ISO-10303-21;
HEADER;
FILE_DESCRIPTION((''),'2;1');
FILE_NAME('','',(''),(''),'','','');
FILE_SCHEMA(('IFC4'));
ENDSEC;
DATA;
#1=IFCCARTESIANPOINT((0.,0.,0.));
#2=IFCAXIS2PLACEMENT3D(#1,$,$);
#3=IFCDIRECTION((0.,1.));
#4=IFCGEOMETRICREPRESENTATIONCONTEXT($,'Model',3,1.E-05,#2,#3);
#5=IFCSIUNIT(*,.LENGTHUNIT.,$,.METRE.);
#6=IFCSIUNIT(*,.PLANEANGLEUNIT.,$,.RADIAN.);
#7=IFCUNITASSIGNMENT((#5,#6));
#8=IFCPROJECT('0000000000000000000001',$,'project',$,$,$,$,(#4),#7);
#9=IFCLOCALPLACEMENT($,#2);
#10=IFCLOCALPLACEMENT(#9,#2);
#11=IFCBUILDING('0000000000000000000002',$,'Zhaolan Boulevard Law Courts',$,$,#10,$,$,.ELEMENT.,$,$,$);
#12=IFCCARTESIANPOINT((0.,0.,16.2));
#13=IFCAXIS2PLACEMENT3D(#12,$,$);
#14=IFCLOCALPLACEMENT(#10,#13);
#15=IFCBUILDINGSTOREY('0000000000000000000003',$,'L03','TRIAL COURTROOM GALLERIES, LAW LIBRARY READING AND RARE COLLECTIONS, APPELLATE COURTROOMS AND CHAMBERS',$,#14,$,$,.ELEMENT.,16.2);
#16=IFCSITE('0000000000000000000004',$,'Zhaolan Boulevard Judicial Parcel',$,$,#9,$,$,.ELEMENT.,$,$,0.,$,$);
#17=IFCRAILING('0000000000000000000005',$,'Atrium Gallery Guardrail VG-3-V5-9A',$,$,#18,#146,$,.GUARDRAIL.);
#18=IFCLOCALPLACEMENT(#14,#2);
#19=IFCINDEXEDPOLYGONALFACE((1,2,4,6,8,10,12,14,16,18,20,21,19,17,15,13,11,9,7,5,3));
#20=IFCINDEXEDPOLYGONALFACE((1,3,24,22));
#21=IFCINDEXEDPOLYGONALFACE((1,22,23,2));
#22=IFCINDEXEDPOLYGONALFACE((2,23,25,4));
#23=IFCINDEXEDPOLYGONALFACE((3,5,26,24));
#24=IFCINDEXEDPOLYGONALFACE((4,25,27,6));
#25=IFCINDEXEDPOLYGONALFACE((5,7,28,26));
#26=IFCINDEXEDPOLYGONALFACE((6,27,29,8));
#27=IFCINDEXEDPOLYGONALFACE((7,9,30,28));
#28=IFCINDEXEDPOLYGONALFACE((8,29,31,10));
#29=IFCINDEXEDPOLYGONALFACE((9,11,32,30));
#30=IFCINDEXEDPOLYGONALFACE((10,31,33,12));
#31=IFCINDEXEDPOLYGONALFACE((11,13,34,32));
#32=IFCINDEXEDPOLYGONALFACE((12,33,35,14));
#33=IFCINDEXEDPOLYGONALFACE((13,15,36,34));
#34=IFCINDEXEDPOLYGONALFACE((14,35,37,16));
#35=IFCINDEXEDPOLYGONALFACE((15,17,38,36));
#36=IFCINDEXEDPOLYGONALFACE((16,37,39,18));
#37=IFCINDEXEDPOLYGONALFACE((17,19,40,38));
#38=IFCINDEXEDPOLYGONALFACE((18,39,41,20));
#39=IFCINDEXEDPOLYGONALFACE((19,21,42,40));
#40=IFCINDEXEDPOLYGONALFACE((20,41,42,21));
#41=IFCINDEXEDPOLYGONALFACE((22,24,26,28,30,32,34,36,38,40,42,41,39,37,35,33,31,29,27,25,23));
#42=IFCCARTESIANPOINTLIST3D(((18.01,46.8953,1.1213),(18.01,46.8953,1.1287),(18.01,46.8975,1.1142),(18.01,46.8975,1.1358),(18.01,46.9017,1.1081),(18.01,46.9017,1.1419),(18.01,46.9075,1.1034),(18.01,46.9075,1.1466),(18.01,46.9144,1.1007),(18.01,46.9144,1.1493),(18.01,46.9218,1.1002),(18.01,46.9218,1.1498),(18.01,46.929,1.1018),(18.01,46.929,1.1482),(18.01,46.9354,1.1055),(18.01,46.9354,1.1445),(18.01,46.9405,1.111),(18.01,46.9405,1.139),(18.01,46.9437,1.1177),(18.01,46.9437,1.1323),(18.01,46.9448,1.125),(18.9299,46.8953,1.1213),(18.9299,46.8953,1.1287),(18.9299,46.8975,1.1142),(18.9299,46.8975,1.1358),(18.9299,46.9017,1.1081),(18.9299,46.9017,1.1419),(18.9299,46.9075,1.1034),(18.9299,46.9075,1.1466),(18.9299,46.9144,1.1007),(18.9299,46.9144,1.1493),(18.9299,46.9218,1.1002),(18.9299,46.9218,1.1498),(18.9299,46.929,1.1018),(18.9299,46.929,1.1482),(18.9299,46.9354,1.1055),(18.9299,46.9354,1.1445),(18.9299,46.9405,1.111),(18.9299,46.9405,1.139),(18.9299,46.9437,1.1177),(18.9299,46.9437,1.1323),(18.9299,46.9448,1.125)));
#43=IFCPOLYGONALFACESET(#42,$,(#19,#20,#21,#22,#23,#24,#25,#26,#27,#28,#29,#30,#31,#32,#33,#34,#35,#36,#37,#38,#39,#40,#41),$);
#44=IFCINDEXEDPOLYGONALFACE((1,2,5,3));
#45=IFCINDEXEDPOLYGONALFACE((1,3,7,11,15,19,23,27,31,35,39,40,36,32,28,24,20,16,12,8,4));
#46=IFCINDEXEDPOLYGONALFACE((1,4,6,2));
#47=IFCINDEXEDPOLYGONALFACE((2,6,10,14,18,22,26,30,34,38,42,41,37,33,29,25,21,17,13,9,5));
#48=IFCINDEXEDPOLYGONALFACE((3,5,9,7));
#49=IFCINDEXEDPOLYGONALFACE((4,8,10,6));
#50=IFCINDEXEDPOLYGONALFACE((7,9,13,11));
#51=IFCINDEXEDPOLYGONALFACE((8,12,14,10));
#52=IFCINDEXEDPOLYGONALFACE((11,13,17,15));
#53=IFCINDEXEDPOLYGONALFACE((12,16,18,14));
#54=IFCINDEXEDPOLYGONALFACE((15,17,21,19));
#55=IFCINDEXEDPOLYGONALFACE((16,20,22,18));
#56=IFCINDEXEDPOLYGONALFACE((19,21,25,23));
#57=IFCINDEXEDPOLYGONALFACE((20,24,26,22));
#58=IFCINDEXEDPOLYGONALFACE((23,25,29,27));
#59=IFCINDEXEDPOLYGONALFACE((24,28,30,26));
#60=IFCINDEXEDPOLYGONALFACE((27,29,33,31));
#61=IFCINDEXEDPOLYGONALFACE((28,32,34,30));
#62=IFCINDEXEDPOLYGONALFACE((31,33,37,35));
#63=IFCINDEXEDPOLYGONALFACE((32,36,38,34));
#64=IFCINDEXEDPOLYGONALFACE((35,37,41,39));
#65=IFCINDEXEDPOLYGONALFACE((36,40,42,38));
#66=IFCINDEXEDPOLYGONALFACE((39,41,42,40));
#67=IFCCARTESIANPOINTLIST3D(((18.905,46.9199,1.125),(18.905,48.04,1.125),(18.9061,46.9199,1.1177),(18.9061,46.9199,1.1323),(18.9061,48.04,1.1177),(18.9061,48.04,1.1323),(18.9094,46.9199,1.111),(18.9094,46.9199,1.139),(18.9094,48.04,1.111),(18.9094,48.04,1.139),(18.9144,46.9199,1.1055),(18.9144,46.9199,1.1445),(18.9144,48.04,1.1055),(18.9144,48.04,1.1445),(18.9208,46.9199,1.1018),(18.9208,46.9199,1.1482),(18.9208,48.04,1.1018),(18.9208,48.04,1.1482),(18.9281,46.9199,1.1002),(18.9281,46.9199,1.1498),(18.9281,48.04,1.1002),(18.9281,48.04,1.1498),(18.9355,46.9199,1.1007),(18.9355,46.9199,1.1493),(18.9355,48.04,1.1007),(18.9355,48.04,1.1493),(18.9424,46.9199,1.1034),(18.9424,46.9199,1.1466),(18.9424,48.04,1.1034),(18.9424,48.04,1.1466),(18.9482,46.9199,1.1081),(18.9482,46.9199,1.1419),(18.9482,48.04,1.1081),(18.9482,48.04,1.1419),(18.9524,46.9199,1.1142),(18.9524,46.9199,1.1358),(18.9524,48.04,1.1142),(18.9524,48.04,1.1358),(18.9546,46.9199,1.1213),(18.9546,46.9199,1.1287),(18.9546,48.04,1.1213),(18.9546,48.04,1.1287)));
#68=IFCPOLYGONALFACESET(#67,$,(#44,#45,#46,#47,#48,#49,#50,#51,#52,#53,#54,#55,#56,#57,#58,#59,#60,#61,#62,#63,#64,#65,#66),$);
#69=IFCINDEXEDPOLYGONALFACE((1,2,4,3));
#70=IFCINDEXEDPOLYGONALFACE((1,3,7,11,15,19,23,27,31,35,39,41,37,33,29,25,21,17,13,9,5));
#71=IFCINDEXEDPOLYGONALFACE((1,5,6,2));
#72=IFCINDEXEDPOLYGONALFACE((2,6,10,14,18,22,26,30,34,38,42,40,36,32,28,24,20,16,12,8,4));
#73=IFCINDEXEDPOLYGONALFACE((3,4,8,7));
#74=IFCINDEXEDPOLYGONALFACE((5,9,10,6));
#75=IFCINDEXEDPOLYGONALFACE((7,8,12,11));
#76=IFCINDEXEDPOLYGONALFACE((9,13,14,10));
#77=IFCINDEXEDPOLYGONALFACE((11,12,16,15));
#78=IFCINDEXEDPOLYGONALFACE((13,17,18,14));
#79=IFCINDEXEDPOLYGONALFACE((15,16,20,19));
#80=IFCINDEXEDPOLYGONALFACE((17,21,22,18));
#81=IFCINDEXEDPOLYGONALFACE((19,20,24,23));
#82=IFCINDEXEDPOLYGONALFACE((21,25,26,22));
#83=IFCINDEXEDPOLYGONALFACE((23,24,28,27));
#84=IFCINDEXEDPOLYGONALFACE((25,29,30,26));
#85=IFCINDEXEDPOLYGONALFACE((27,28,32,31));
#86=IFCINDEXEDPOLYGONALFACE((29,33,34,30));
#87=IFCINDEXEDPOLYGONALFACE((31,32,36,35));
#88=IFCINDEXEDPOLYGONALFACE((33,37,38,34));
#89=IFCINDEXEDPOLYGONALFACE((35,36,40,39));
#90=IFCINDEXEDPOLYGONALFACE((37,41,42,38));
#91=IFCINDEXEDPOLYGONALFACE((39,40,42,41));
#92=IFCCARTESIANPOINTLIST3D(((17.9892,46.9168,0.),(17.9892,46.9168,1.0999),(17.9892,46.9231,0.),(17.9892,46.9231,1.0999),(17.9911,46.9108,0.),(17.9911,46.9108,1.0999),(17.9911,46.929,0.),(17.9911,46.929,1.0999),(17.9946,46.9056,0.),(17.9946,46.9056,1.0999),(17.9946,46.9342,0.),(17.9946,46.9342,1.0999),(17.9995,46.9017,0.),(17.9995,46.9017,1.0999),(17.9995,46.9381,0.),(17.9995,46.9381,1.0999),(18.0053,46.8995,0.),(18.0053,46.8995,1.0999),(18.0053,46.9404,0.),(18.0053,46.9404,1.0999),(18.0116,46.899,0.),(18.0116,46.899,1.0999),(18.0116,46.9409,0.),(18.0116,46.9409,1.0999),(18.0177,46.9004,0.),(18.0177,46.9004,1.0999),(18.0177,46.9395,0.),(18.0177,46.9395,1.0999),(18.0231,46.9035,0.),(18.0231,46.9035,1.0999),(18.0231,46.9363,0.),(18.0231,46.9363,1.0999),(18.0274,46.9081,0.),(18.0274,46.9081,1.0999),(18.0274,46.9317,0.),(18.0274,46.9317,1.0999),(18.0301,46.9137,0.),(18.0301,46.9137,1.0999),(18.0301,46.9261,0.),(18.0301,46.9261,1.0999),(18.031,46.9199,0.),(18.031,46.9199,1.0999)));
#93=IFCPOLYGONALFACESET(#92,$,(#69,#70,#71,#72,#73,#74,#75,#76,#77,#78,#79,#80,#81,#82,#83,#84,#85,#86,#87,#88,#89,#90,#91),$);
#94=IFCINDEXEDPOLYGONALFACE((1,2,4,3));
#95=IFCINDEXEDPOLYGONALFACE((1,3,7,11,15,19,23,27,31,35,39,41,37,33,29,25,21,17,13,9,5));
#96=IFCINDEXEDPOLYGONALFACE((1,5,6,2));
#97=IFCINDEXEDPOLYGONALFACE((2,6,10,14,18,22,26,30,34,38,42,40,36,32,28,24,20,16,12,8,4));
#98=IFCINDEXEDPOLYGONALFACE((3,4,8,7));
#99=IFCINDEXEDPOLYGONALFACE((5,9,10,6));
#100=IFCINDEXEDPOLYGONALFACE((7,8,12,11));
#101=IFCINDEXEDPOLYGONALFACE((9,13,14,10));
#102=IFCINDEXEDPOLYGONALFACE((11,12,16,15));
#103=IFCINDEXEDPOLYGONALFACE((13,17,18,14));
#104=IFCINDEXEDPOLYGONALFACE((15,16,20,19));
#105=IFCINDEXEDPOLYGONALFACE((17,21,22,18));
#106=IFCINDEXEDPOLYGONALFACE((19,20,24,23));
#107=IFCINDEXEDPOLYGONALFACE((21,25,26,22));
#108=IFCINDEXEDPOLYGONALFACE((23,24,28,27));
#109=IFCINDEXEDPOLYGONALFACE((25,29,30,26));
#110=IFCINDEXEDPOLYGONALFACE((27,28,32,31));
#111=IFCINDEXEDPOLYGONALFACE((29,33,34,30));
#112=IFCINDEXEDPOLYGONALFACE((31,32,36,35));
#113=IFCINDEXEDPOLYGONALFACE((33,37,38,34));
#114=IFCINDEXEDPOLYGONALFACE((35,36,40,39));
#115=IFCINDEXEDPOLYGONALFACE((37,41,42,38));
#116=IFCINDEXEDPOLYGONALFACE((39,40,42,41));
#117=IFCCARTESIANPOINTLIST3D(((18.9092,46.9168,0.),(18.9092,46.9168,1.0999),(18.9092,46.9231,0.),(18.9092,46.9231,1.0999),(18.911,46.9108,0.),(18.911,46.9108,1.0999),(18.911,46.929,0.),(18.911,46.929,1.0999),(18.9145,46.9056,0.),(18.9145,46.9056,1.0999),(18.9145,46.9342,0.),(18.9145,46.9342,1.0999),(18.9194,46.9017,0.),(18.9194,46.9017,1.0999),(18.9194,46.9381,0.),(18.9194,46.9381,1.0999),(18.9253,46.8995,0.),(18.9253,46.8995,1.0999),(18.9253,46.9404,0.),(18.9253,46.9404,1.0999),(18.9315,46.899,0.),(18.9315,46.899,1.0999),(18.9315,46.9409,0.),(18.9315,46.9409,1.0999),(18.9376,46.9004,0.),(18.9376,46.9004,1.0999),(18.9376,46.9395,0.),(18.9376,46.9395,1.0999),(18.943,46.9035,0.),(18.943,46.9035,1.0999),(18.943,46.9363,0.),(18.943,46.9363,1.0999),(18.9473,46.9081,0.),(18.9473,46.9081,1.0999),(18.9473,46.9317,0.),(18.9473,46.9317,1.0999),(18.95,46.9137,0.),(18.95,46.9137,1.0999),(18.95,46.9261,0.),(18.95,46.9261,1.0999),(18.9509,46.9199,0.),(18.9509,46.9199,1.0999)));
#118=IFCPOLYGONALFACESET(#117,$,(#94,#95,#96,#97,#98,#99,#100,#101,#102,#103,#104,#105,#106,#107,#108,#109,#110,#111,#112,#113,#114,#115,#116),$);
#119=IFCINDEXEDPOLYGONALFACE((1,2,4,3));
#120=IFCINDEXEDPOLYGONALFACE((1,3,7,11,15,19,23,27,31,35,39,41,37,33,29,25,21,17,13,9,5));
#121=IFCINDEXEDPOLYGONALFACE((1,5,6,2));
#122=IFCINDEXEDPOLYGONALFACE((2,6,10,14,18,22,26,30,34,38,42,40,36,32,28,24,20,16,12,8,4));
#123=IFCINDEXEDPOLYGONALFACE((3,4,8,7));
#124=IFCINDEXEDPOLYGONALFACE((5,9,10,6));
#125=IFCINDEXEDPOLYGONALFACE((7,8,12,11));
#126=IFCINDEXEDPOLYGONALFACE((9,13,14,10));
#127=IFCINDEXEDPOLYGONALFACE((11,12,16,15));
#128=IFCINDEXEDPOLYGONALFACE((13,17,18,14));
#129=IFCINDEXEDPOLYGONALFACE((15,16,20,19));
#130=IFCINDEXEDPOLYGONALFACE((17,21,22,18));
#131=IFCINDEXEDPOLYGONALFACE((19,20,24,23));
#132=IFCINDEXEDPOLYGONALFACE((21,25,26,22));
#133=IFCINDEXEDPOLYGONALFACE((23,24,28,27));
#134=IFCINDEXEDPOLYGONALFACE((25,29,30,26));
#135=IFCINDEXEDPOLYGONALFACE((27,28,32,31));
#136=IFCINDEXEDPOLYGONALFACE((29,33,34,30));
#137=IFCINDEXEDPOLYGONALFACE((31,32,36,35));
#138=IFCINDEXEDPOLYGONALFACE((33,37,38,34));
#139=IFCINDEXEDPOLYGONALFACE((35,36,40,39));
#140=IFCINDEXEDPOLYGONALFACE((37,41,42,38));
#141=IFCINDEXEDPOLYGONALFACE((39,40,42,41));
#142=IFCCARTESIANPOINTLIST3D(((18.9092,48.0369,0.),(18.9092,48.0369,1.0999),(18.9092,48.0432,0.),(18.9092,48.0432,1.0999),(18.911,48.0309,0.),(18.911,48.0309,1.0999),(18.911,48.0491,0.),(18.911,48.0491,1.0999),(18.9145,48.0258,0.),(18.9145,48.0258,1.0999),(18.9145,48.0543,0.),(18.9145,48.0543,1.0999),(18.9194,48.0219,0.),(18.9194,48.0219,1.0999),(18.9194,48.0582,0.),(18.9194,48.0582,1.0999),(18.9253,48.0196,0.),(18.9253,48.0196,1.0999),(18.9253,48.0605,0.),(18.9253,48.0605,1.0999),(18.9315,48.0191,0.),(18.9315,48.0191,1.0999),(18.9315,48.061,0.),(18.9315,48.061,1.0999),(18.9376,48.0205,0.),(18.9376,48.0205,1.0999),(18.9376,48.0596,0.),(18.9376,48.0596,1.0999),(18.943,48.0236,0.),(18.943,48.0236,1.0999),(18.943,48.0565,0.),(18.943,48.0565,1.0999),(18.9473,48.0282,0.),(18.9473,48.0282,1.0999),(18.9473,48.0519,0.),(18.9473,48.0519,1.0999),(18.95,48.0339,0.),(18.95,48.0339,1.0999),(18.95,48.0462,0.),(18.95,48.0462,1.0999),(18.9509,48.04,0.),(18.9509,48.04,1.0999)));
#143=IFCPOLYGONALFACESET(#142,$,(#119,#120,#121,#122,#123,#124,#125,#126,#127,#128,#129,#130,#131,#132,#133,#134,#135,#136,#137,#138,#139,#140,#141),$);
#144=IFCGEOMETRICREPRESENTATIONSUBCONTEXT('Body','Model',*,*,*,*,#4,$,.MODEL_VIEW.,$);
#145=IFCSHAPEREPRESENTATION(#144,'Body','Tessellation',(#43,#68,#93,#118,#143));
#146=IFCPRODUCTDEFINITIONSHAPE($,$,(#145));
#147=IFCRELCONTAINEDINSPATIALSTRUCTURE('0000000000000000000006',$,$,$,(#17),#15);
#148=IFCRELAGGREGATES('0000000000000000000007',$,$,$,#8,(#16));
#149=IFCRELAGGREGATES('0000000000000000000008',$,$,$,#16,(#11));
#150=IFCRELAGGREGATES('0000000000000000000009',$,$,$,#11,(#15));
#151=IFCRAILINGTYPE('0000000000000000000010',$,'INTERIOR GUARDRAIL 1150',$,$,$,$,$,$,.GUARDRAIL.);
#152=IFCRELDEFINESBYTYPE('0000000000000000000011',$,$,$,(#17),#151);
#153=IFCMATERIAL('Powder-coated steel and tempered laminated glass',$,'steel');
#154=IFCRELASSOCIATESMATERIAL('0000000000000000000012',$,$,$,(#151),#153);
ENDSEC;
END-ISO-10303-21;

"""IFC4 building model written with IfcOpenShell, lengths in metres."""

from ifc_helpers import new_model, si_unit, direction, frame, origin, origin_2d, place, context, subcontext, project, spatial, circle, extrude, material, type_object, element, save


model = new_model("IFC4")

# Units and contexts
model_context = context("Model", 3, precision=1e-05, world=origin(), true_north=direction((0.0, 1.0)))
body_context = subcontext(model_context, "Body", "Model", "MODEL_VIEW")
ifc_project = project(units=[si_unit("LENGTHUNIT", "METRE"), si_unit("PLANEANGLEUNIT", "RADIAN")], contexts=[model_context])

# Site, building, storey
site_placement = place(None, origin())
site = spatial("IfcSite", under=ifc_project, at=site_placement, Name="Zhaolan Boulevard Judicial Parcel", CompositionType="ELEMENT", RefElevation=0.0)
building_placement = place(site_placement, origin())
building = spatial("IfcBuilding", under=site, at=building_placement, Name="Zhaolan Boulevard Law Courts", CompositionType="ELEMENT")
storey_placement = place(building_placement, frame((0.0, 0.0, 16.2)))
storey = spatial("IfcBuildingStorey", under=building, at=storey_placement, Name="L03", Description="TRIAL COURTROOM GALLERIES, LAW LIBRARY READING AND RARE COLLECTIONS, APPELLATE COURTROOMS AND CHAMBERS", CompositionType="ELEMENT", Elevation=16.2)

# Railing
ifc_material_1 = material(Name="Powder-coated steel and tempered laminated glass", Category="steel")
railing_type_1 = type_object("IfcRailingType", Name="INTERIOR GUARDRAIL 1150", PredefinedType="GUARDRAIL", material=ifc_material_1)
railing_1_placement = place(storey_placement, frame((18.01, 46.9199, 0.0)))
element("IfcRailing", 1, at=railing_1_placement, inside=storey, type_object=railing_type_1, Name="Atrium Gallery Guardrail VG-3-V5-9A", PredefinedType="GUARDRAIL", context=body_context, shape_type="SweptSolid", body=[
    extrude(circle(Radius=0.0249, at=origin_2d()), frame((0.0, 0.0, 1.125), z_axis=(1.0, 0.0, 0.0), x_axis=(0.0, 1.0, 0.0)), (0.0, 0.0, 1.0), 0.9199),
    extrude(circle(Radius=0.0249, at=origin_2d()), frame((0.9199, 0.0, 1.125), z_axis=(0.0, 1.0, 0.0), x_axis=(-1.0, 0.0, 0.0)), (0.0, 0.0, 1.0), 1.1201),
    extrude(circle(Radius=0.021, at=origin_2d()), origin(), (0.0, 0.0, 1.0), 1.0999),
    extrude(circle(Radius=0.021, at=origin_2d()), frame((0.9199, 0.0, 0.0)), (0.0, 0.0, 1.0), 1.0999),
    extrude(circle(Radius=0.021, at=origin_2d()), frame((0.9199, 1.1201, 0.0)), (0.0, 0.0, 1.0), 1.0999),
])

save(model, "model.ifc")
